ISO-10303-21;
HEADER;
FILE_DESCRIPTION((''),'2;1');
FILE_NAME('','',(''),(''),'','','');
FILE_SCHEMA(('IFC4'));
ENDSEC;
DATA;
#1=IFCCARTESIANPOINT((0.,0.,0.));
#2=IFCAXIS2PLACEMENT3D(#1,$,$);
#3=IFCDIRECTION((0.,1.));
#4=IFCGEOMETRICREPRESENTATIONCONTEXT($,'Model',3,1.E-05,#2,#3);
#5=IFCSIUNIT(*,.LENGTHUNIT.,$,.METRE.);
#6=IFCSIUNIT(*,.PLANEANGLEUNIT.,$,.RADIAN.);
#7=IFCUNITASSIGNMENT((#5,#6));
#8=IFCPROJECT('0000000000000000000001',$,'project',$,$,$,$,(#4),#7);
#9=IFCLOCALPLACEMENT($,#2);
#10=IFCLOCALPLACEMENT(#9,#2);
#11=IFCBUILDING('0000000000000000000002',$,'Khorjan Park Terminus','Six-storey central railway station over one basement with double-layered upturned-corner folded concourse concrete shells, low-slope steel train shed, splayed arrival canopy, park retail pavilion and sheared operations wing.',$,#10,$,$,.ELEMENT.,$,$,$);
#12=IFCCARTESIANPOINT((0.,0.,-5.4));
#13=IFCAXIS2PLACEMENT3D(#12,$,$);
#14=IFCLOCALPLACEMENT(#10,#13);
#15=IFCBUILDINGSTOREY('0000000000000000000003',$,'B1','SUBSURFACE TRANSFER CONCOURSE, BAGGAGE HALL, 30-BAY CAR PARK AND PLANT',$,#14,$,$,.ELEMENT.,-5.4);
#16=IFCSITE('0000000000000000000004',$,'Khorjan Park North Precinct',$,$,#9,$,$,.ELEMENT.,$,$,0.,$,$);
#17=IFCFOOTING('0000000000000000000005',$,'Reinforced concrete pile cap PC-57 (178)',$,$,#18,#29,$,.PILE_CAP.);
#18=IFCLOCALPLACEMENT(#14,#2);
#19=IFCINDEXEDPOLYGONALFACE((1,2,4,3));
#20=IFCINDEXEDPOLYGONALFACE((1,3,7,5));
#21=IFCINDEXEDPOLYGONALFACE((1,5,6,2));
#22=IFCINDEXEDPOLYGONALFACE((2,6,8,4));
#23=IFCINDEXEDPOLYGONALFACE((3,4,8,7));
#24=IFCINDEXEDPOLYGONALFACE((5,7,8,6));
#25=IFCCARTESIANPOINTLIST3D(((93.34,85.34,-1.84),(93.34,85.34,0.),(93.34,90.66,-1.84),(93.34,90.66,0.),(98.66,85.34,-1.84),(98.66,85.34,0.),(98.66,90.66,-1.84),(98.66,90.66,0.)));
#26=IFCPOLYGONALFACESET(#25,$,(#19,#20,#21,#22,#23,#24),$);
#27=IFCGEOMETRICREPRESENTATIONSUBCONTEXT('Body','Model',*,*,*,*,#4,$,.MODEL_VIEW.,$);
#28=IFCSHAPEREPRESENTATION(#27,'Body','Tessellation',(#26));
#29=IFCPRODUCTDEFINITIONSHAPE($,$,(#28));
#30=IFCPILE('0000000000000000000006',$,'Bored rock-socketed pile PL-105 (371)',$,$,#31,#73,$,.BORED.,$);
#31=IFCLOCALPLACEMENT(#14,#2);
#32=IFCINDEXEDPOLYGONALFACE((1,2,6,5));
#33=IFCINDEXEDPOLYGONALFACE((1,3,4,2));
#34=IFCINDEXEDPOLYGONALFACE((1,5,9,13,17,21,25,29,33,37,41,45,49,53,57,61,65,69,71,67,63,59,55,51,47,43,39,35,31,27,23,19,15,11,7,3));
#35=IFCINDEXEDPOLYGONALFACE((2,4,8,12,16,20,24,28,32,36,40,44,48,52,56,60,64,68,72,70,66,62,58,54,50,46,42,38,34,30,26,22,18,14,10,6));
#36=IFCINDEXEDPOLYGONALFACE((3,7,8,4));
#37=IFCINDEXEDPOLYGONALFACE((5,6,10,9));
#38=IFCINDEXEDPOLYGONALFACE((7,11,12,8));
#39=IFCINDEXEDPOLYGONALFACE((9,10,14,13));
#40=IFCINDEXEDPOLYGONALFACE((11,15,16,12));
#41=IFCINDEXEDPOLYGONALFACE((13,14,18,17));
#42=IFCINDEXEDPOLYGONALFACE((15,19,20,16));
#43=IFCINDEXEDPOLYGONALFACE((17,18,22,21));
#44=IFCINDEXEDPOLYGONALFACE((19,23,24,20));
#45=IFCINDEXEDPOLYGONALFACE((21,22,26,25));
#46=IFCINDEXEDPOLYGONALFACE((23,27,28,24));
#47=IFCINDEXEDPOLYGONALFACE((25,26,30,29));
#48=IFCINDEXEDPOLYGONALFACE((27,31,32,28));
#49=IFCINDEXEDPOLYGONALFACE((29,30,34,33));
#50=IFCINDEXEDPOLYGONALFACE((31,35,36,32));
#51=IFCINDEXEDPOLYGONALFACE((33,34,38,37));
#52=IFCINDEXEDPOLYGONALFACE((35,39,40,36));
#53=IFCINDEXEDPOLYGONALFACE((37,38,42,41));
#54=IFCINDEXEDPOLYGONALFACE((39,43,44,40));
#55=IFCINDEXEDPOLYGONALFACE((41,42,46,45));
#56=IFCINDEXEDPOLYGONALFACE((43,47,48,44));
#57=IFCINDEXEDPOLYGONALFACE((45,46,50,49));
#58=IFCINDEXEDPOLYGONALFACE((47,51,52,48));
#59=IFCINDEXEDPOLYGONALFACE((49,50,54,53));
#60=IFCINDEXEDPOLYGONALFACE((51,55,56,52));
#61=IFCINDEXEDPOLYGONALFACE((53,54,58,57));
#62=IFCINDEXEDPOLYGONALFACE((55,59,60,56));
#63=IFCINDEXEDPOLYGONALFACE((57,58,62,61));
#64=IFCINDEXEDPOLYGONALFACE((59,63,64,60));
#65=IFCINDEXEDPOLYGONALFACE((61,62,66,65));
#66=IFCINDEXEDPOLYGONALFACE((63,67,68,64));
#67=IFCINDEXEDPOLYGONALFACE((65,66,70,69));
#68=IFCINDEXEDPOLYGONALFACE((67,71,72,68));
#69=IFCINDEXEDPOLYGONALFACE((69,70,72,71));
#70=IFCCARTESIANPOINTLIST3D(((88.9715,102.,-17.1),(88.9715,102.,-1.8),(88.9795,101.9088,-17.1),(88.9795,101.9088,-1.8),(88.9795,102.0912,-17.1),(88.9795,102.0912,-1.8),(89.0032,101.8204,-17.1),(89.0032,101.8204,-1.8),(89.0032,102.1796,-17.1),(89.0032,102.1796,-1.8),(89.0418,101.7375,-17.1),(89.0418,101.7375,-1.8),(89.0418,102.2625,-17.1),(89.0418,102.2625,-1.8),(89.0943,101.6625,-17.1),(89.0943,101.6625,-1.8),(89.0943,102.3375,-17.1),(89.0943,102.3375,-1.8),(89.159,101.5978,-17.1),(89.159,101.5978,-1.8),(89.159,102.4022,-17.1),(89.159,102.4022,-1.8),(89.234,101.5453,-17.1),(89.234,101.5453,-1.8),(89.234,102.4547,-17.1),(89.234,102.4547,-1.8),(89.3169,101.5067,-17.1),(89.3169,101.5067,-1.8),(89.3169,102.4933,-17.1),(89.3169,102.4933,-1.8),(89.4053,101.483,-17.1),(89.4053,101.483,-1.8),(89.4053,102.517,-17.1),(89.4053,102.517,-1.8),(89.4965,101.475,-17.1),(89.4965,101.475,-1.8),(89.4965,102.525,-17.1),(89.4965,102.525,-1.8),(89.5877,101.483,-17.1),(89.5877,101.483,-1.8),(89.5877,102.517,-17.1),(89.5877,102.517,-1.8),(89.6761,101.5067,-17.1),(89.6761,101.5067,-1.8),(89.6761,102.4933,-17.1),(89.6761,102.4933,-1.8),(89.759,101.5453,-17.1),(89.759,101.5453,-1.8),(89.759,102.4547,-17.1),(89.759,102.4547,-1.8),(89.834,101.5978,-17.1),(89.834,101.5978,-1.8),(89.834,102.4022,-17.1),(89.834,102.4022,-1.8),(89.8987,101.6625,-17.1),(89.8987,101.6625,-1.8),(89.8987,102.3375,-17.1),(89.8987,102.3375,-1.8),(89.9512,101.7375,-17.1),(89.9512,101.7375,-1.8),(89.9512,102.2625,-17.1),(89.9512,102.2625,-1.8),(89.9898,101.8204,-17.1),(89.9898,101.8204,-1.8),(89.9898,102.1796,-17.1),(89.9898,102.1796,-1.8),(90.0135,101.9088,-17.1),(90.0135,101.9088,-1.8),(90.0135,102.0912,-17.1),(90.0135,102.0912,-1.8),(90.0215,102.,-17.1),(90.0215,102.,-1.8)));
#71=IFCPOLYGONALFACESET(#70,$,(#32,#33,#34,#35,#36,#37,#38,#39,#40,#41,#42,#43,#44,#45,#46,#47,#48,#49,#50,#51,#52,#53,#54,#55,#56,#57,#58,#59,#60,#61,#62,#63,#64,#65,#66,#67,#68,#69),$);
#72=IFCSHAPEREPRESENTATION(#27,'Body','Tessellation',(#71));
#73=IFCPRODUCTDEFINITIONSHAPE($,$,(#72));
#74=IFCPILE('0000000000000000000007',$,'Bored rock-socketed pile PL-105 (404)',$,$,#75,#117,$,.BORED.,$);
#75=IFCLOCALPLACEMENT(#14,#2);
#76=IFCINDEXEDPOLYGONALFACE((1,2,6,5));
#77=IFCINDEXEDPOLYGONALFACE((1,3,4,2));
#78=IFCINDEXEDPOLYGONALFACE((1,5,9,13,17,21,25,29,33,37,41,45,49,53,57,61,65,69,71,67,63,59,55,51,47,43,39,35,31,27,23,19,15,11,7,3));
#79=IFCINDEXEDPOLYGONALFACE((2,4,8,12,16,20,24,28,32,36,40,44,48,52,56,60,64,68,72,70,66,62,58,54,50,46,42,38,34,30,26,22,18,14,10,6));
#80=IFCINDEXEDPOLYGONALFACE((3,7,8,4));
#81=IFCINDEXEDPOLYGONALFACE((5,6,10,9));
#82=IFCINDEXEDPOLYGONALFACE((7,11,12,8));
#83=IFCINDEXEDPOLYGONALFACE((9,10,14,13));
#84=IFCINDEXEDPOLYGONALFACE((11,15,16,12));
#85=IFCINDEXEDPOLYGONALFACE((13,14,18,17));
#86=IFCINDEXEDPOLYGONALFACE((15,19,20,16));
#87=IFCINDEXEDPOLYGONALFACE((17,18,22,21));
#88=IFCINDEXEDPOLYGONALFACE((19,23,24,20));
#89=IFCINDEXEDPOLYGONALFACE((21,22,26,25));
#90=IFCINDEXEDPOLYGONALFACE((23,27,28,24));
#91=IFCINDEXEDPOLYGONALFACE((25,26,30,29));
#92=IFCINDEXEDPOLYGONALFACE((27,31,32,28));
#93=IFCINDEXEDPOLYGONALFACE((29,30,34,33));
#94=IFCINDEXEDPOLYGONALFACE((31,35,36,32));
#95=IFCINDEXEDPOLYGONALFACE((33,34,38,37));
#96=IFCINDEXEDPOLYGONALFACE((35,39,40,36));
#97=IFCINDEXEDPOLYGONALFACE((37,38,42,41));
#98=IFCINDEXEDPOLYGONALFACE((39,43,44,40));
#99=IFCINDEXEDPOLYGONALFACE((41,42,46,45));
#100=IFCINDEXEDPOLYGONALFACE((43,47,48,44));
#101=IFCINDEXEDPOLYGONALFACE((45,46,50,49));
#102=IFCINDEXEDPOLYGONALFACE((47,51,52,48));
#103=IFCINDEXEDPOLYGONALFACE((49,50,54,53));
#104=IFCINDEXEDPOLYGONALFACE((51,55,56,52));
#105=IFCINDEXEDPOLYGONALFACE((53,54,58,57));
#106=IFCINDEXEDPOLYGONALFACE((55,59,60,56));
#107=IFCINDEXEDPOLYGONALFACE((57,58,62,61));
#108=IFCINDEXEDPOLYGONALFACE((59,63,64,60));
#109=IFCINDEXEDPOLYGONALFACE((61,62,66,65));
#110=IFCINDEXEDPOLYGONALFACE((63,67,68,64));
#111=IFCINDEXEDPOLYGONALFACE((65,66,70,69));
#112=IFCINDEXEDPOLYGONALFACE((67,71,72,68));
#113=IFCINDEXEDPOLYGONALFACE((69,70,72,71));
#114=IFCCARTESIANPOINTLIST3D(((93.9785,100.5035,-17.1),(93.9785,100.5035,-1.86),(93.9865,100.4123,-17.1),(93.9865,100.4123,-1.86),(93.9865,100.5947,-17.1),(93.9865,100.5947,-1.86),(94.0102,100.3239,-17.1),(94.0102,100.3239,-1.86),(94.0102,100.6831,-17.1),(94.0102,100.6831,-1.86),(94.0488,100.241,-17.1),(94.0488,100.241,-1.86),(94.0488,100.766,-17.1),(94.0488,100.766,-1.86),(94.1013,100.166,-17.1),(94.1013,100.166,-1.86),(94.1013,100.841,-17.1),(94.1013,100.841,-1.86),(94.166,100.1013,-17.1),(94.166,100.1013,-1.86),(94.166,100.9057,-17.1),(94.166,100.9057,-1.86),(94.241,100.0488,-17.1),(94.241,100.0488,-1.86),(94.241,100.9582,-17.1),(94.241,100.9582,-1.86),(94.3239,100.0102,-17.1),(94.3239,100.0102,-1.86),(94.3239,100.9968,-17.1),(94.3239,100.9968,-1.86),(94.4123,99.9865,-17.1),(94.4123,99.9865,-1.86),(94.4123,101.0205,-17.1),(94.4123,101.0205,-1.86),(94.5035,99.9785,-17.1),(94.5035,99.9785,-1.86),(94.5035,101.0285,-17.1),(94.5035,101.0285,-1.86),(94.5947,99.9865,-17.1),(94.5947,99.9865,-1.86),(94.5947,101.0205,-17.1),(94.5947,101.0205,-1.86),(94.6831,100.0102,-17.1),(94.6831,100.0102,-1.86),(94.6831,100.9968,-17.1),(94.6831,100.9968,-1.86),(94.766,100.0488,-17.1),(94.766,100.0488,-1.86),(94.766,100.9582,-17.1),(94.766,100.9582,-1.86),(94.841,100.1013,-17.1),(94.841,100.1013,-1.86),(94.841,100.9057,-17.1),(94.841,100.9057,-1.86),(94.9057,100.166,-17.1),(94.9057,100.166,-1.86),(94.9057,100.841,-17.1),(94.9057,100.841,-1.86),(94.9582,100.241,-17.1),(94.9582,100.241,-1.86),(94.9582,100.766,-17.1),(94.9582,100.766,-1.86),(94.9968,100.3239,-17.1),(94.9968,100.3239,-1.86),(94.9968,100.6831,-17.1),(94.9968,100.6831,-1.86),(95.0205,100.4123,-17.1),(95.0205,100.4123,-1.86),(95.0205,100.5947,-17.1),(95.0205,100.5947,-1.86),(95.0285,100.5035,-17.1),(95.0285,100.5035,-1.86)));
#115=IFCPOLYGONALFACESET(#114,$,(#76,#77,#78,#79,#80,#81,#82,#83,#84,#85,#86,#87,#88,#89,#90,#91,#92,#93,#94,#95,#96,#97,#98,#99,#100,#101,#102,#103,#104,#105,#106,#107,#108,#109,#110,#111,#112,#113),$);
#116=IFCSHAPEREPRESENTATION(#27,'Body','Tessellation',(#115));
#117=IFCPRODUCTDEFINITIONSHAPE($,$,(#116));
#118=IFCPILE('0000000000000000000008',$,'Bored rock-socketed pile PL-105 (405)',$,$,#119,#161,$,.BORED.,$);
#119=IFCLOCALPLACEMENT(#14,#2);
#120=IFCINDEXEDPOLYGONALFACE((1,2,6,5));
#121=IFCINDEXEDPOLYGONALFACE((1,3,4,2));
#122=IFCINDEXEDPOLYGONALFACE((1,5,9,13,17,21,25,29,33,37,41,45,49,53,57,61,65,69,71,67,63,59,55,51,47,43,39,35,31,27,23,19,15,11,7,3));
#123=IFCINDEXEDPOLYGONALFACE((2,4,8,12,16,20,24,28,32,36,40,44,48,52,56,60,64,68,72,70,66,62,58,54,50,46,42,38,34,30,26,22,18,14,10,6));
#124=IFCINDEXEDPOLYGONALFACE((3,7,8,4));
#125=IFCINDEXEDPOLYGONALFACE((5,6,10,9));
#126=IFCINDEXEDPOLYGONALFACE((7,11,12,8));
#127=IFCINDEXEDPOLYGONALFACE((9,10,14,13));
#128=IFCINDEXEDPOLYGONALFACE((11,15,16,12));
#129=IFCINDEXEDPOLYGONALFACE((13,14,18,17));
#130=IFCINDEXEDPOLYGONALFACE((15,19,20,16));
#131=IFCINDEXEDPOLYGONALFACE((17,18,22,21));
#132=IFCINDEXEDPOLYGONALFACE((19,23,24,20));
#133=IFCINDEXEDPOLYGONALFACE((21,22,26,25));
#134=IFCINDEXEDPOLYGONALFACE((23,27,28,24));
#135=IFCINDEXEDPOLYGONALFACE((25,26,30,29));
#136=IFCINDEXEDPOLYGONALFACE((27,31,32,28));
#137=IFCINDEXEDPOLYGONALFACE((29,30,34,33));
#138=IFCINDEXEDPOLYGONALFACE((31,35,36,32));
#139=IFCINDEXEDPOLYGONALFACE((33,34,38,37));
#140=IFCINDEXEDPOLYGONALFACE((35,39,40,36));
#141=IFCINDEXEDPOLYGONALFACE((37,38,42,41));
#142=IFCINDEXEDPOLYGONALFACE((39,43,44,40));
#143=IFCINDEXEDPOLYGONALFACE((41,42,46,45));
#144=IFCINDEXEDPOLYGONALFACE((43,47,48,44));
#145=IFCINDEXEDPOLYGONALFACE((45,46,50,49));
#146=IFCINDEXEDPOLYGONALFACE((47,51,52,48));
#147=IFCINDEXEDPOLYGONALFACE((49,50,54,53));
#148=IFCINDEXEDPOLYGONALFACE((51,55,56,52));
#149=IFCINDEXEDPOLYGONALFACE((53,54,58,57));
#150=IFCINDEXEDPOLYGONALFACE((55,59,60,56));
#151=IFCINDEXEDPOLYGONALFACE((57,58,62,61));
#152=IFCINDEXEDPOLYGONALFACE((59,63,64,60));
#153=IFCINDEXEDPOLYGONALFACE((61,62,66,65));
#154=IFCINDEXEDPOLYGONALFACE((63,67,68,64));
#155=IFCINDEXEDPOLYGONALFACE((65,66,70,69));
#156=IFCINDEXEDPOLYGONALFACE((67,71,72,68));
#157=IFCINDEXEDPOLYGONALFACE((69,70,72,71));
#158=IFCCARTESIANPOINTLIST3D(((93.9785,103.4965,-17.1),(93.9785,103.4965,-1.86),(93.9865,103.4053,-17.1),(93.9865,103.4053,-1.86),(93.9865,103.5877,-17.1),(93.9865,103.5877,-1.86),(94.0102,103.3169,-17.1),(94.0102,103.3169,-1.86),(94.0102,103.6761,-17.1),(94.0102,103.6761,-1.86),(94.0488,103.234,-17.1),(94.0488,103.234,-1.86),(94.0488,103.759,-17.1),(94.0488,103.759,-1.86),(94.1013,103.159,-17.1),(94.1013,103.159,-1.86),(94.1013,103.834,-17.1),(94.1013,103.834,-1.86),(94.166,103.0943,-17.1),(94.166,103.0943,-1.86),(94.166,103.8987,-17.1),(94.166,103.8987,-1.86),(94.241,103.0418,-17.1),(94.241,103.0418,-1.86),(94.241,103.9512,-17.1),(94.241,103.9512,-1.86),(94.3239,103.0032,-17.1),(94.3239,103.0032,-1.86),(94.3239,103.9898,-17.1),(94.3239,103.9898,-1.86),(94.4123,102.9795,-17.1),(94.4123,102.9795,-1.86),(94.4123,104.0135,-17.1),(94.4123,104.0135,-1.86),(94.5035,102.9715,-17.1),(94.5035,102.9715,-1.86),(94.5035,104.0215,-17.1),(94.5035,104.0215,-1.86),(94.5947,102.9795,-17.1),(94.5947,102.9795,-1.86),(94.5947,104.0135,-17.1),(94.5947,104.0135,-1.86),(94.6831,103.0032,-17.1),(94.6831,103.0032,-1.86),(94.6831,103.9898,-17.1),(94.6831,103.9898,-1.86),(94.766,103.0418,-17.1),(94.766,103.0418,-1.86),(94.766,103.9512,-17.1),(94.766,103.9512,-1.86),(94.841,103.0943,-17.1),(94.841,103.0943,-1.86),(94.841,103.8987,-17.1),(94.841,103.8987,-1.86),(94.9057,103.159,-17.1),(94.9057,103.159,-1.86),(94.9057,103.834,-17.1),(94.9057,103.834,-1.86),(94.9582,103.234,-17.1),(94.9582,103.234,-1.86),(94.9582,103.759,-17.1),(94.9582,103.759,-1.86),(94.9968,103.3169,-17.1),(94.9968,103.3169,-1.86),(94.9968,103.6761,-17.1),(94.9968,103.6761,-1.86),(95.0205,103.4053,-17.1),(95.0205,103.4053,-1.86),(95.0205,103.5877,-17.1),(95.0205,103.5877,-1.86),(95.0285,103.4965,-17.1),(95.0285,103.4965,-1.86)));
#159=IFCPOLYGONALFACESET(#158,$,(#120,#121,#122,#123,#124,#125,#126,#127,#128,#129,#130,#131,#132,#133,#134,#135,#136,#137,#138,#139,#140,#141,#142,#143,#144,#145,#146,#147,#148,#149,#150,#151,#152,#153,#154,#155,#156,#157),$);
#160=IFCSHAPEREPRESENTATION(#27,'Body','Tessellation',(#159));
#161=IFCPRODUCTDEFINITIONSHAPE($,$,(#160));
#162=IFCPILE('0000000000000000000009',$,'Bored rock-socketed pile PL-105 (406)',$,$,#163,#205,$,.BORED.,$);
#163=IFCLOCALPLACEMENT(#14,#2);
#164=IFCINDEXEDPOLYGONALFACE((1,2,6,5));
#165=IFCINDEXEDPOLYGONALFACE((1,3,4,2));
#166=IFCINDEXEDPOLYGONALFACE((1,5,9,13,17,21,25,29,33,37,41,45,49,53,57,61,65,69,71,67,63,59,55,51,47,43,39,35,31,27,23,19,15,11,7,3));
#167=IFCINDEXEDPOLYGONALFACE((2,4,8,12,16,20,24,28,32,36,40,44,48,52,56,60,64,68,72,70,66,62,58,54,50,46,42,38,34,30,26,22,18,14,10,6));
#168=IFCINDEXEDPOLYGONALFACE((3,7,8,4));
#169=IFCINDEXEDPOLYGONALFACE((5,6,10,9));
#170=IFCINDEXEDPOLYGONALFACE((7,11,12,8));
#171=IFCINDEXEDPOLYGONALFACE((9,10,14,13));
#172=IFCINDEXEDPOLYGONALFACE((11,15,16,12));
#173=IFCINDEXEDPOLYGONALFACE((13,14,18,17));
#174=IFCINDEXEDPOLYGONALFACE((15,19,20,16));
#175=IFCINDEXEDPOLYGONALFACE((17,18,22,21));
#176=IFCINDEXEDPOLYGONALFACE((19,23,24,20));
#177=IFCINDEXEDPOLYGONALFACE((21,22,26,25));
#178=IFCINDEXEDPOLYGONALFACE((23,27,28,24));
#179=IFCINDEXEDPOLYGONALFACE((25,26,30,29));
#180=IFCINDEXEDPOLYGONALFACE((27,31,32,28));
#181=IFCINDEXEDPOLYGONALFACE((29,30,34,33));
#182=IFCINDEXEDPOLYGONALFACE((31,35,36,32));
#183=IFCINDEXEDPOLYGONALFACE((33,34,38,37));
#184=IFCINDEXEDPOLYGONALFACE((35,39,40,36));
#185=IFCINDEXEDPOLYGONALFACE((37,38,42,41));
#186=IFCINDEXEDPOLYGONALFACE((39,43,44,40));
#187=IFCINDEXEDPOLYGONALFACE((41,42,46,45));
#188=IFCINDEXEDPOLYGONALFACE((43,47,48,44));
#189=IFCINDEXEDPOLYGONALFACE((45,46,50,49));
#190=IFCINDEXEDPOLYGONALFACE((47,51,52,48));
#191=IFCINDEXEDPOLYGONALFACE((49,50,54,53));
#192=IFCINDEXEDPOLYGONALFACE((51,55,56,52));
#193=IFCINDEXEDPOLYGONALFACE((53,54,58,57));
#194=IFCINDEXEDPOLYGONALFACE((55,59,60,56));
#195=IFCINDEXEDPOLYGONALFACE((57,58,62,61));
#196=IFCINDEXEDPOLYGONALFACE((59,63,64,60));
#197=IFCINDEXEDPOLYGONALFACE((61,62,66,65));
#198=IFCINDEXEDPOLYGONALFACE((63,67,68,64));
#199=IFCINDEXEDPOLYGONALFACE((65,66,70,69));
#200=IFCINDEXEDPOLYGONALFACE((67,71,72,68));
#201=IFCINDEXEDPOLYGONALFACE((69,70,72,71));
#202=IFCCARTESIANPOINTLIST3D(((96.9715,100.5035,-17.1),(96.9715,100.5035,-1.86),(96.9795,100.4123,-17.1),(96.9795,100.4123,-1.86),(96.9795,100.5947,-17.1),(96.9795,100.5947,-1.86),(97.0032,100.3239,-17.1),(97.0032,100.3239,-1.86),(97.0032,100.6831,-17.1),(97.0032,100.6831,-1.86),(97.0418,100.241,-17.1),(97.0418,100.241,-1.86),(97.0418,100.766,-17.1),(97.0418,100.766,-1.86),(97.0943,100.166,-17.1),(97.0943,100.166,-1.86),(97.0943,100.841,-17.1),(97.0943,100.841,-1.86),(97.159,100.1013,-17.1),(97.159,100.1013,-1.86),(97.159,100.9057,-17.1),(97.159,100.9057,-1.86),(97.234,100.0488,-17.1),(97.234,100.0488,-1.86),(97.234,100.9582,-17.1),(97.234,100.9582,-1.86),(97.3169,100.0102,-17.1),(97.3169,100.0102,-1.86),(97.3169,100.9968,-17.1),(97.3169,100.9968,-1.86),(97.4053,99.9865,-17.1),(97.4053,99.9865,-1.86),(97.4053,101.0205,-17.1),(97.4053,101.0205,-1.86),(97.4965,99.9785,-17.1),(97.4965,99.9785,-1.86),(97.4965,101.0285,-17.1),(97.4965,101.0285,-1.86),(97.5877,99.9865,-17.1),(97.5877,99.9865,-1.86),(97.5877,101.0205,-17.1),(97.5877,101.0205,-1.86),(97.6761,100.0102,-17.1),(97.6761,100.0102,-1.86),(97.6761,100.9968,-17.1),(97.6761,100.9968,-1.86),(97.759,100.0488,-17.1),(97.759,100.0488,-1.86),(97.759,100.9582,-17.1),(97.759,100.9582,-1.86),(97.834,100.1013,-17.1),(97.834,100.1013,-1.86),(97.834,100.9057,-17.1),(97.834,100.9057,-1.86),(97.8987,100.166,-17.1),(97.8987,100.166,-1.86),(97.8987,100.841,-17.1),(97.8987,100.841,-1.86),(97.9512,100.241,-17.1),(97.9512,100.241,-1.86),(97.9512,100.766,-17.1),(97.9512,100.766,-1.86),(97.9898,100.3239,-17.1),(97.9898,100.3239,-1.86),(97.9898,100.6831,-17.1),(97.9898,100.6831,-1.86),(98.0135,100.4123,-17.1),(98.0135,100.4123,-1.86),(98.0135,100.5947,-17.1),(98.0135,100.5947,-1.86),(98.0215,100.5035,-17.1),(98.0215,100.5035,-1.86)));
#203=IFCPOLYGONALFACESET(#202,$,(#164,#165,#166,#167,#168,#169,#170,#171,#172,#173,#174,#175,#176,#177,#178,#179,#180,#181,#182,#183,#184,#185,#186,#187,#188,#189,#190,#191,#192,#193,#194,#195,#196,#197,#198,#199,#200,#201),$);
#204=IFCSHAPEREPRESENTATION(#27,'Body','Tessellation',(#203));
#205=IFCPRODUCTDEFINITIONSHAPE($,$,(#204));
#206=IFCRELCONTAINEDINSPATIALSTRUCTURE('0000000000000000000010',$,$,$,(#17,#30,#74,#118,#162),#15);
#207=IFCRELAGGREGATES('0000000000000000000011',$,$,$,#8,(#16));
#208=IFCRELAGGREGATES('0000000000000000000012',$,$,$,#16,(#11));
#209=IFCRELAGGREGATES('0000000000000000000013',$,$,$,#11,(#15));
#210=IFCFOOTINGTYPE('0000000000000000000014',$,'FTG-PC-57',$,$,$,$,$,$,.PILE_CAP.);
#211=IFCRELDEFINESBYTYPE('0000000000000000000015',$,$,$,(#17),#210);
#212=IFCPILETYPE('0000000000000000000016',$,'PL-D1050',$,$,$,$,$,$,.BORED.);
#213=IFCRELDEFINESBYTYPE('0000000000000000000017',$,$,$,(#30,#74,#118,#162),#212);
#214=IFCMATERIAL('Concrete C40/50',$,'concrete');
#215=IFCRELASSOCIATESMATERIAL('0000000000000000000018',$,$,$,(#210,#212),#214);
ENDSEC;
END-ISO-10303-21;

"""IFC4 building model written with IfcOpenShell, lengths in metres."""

from ifc_helpers import new_model, si_unit, direction, frame, origin, origin_2d, place, context, subcontext, project, spatial, rectangle, circle, extrude, material, material_profile, profile_set, type_object, element, save


model = new_model("IFC4")

# Units and contexts
model_context = context("Model", 3, precision=1e-05, world=origin(), true_north=direction((0.0, 1.0)))
body_context = subcontext(model_context, "Body", "Model", "MODEL_VIEW")
ifc_project = project(units=[si_unit("LENGTHUNIT", "METRE"), si_unit("PLANEANGLEUNIT", "RADIAN")], contexts=[model_context])

# Site, building, storey
site_placement = place(None, origin())
site = spatial("IfcSite", under=ifc_project, at=site_placement, Name="Khorjan Park North Precinct", CompositionType="ELEMENT", RefElevation=0.0)
building_placement = place(site_placement, origin())
building = spatial("IfcBuilding", under=site, at=building_placement, Name="Khorjan Park Terminus", Description="Six-storey central railway station over one basement with double-layered upturned-corner folded concourse concrete shells, low-slope steel train shed, splayed arrival canopy, park retail pavilion and sheared operations wing.", CompositionType="ELEMENT")
storey_placement = place(building_placement, frame((0.0, 0.0, -5.4)))
storey = spatial("IfcBuildingStorey", under=building, at=storey_placement, Name="B1", Description="SUBSURFACE TRANSFER CONCOURSE, BAGGAGE HALL, 30-BAY CAR PARK AND PLANT", CompositionType="ELEMENT", Elevation=-5.4)

# Footing
ifc_material_1 = material(Name="Concrete C40/50", Category="concrete")
footing_type_1 = type_object("IfcFootingType", Name="FTG-PC-57", PredefinedType="PILE_CAP", material=ifc_material_1)
footing_1_placement = place(storey_placement, frame((96.0, 88.0, -1.84), z_axis=(0.0, 0.0, 1.0), x_axis=(1.0, 0.0, 0.0)))
element("IfcFooting", 1, at=footing_1_placement, inside=storey, type_object=footing_type_1, Name="Reinforced concrete pile cap PC-57 (178)", PredefinedType="PILE_CAP", context=body_context, shape_type="SweptSolid", body=[
    extrude(rectangle(XDim=5.32, YDim=5.32, at=origin_2d()), origin(), (0.0, 0.0, 1.0), 1.84),
])

# Piles
ifc_material_profile_1 = material_profile(ifc_material_1, circle(Radius=0.525, at=origin_2d()), Name="BORED D1050")
ifc_profile_set_1 = profile_set([ifc_material_profile_1], Name="Concrete C40/50")
pile_type_1 = type_object("IfcPileType", Name="PL-D1050", PredefinedType="BORED", material=ifc_profile_set_1)
pile_1_placement = place(storey_placement, frame((89.4965, 102.0, -1.8), z_axis=(0.0, 0.0, -1.0), x_axis=(1.0, 0.0, 0.0)))
element("IfcPile", 2, at=pile_1_placement, inside=storey, type_object=pile_type_1, Name="Bored rock-socketed pile PL-105 (371)", PredefinedType="BORED", context=body_context, shape_type="SweptSolid", body=[
    extrude(circle(Radius=0.525, at=origin_2d()), origin(), (0.0, 0.0, 1.0), 15.3),
])
for number, where, z_axis, x_axis, name in (
    (3, (94.5035, 100.5035, -1.86), (0.0, 0.0, -1.0), (1.0, 0.0, 0.0), "Bored rock-socketed pile PL-105 (404)"),
    (4, (94.5035, 103.4965, -1.86), (0.0, 0.0, -1.0), (1.0, 0.0, 0.0), "Bored rock-socketed pile PL-105 (405)"),
    (5, (97.4965, 100.5035, -1.86), (0.0, 0.0, -1.0), (1.0, 0.0, 0.0), "Bored rock-socketed pile PL-105 (406)"),
):
    element("IfcPile", number, at=place(storey_placement, frame(where, z_axis=z_axis, x_axis=x_axis)), inside=storey, type_object=pile_type_1, Name=name, PredefinedType="BORED", context=body_context, shape_type="SweptSolid", body=[
        extrude(circle(Radius=0.525, at=origin_2d()), origin(), (0.0, 0.0, 1.0), 15.24),
    ])

save(model, "model.ifc")
